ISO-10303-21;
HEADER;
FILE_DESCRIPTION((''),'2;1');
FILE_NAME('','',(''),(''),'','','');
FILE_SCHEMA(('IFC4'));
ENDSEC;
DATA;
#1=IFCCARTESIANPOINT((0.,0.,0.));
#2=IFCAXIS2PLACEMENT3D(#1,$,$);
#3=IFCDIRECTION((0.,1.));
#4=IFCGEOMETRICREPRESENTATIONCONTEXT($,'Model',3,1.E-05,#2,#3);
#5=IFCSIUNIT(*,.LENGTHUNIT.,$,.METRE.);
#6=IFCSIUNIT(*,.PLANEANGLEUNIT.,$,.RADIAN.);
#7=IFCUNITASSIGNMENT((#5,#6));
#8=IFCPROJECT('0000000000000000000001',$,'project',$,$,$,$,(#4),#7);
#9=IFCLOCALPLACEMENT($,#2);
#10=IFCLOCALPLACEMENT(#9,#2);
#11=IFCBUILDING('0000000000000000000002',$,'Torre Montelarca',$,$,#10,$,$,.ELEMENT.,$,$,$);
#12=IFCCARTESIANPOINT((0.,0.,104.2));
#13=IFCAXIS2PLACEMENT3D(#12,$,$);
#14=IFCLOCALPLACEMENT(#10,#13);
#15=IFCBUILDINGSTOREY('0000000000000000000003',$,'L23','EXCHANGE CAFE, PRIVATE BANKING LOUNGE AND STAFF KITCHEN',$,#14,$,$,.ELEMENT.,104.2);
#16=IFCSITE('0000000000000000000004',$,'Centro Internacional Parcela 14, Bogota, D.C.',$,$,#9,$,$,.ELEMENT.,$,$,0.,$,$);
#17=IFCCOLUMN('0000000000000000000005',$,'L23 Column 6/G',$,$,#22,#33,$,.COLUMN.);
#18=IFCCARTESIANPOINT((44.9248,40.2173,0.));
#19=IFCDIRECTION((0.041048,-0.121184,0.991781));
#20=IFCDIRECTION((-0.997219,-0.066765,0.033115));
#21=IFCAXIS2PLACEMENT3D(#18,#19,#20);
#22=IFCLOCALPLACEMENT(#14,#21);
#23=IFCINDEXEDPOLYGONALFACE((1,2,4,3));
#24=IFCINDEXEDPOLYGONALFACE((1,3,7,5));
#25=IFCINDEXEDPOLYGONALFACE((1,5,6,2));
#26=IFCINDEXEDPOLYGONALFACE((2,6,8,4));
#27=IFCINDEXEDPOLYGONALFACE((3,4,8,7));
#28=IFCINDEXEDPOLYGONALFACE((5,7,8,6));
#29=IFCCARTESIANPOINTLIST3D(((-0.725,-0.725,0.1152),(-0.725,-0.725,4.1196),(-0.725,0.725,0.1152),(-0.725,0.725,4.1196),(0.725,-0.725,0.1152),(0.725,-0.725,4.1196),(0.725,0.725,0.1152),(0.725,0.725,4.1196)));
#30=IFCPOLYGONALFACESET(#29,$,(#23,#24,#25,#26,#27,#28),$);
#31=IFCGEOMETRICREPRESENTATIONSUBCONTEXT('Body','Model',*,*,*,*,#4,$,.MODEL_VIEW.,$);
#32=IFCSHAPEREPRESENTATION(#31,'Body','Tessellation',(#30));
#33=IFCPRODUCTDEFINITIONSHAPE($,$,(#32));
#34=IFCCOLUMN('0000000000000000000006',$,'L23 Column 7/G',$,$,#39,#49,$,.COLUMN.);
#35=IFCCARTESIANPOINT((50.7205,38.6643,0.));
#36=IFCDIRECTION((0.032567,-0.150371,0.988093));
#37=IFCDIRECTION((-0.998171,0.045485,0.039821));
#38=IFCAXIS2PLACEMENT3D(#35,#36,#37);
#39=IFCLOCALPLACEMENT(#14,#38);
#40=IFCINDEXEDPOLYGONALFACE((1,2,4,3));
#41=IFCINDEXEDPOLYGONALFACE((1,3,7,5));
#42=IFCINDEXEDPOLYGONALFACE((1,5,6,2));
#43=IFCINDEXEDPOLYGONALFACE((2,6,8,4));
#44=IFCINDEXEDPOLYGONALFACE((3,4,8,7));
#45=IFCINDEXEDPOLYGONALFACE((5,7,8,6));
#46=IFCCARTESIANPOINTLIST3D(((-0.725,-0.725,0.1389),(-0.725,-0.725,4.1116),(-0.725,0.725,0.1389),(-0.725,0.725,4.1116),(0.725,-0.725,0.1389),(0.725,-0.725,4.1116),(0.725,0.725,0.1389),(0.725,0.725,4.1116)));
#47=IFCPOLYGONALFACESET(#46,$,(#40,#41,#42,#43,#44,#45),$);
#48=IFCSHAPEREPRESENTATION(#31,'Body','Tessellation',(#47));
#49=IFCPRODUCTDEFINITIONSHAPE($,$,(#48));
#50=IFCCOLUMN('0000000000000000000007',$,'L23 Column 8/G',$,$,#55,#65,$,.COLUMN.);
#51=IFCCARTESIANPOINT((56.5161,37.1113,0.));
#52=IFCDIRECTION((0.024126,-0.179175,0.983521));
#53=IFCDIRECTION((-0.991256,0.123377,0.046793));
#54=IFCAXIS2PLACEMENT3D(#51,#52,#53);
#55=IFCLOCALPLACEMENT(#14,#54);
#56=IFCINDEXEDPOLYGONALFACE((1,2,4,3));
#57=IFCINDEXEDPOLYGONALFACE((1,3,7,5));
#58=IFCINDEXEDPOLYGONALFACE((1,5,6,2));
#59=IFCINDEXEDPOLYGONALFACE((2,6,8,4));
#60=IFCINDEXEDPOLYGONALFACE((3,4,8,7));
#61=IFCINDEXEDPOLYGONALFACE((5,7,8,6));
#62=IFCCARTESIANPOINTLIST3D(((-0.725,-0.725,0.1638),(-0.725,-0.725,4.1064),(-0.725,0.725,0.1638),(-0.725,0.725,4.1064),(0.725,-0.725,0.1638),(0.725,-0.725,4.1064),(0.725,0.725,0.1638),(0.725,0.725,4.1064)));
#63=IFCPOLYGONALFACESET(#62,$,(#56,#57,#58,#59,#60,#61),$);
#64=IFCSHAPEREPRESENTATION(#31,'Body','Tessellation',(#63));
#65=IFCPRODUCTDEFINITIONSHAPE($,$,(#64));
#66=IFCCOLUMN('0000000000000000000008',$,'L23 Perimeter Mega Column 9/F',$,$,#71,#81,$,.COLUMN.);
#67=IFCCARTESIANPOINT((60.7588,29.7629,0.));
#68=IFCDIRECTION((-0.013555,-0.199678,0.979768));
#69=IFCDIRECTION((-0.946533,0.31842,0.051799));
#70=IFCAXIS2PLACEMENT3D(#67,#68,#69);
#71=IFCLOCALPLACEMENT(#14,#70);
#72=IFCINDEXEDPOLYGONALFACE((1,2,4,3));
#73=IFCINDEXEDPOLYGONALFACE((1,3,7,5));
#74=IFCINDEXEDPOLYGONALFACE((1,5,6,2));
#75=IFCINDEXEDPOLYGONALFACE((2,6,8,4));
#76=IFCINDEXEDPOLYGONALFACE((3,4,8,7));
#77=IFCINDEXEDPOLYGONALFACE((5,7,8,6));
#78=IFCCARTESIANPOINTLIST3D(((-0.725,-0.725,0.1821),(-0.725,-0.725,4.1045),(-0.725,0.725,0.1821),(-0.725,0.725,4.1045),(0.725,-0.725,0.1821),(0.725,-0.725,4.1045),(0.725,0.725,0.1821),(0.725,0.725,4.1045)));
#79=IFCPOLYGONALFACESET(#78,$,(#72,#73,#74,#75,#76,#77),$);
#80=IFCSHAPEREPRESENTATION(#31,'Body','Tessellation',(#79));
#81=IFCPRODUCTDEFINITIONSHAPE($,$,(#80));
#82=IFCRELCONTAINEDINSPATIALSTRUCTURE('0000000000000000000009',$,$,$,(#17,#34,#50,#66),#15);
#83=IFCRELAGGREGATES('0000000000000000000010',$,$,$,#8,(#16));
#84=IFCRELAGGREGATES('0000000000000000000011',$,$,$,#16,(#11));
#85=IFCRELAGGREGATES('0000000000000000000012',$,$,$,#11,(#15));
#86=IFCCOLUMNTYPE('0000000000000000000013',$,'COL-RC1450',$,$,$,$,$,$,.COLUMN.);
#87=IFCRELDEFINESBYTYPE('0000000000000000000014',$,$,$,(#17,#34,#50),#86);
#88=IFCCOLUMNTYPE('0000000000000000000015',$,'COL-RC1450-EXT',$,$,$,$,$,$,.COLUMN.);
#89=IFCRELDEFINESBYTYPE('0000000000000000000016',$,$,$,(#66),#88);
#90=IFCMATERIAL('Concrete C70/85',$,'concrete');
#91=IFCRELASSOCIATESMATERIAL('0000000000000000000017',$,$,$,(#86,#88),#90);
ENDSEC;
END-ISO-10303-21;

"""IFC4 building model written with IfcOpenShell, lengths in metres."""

from ifc_helpers import new_model, si_unit, direction, frame, origin, origin_2d, place, context, subcontext, project, spatial, rectangle, extrude, clip, halfspace, material, material_profile, profile_set, type_object, element, save


model = new_model("IFC4")

# Units and contexts
model_context = context("Model", 3, precision=1e-05, world=origin(), true_north=direction((0.0, 1.0)))
body_context = subcontext(model_context, "Body", "Model", "MODEL_VIEW")
ifc_project = project(units=[si_unit("LENGTHUNIT", "METRE"), si_unit("PLANEANGLEUNIT", "RADIAN")], contexts=[model_context])

# Site, building, storey
site_placement = place(None, origin())
site = spatial("IfcSite", under=ifc_project, at=site_placement, Name="Centro Internacional Parcela 14, Bogota, D.C.", CompositionType="ELEMENT", RefElevation=0.0)
building_placement = place(site_placement, origin())
building = spatial("IfcBuilding", under=site, at=building_placement, Name="Torre Montelarca", CompositionType="ELEMENT")
storey_placement = place(building_placement, frame((0.0, 0.0, 104.2)))
storey = spatial("IfcBuildingStorey", under=building, at=storey_placement, Name="L23", Description="EXCHANGE CAFE, PRIVATE BANKING LOUNGE AND STAFF KITCHEN", CompositionType="ELEMENT", Elevation=104.2)

# Columns
ifc_material_1 = material(Name="Concrete C70/85", Category="concrete")
ifc_material_profile_1 = material_profile(ifc_material_1, rectangle(XDim=1.45, YDim=1.45, at=origin_2d()), Name="RC1450X1450", Category="concrete")
ifc_profile_set_1 = profile_set([ifc_material_profile_1], Name="Concrete C70/85")
column_type_1 = type_object("IfcColumnType", Name="COL-RC1450", PredefinedType="COLUMN", material=ifc_profile_set_1)
column_1_placement = place(storey_placement, frame((44.9248, 40.2173, 0.0), z_axis=(0.041048, -0.121184, 0.991781), x_axis=(-0.997219, -0.066765, 0.033115)))
element("IfcColumn", 1, at=column_1_placement, inside=storey, type_object=column_type_1, Name="L23 Column 6/G", PredefinedType="COLUMN", context=body_context, shape_type="Clipping", body=[
    clip(clip(extrude(rectangle(XDim=1.45, YDim=1.45, at=origin_2d()), origin(), (0.0, 0.0, 1.0), 4.2349), halfspace(frame((0.0, 0.0, 0.1152), z_axis=(0.0, 0.0, -1.0), x_axis=(1.0, 0.0, 0.0)), False)), halfspace(frame((0.0, 0.0, 4.1196), z_axis=(0.0, 0.0, 1.0), x_axis=(1.0, 0.0, 0.0)), False)),
])
column_2_placement = place(storey_placement, frame((50.7205, 38.6643, 0.0), z_axis=(0.032567, -0.150371, 0.988093), x_axis=(-0.998171, 0.045485, 0.039821)))
element("IfcColumn", 2, at=column_2_placement, inside=storey, type_object=column_type_1, Name="L23 Column 7/G", PredefinedType="COLUMN", context=body_context, shape_type="Clipping", body=[
    clip(clip(extrude(rectangle(XDim=1.45, YDim=1.45, at=origin_2d()), origin(), (0.0, 0.0, 1.0), 4.2505), halfspace(frame((0.0, 0.0, 0.1389), z_axis=(0.0, 0.0, -1.0), x_axis=(1.0, 0.0, 0.0)), False)), halfspace(frame((0.0, 0.0, 4.1116), z_axis=(0.0, 0.0, 1.0), x_axis=(1.0, 0.0, 0.0)), False)),
])
column_3_placement = place(storey_placement, frame((56.5161, 37.1113, 0.0), z_axis=(0.024126, -0.179175, 0.983521), x_axis=(-0.991256, 0.123377, 0.046793)))
element("IfcColumn", 3, at=column_3_placement, inside=storey, type_object=column_type_1, Name="L23 Column 8/G", PredefinedType="COLUMN", context=body_context, shape_type="Clipping", body=[
    clip(clip(extrude(rectangle(XDim=1.45, YDim=1.45, at=origin_2d()), origin(), (0.0, 0.0, 1.0), 4.2703), halfspace(frame((0.0, 0.0, 0.1638), z_axis=(0.0, 0.0, -1.0), x_axis=(1.0, 0.0, 0.0)), False)), halfspace(frame((0.0, 0.0, 4.1064), z_axis=(0.0, 0.0, 1.0), x_axis=(1.0, 0.0, 0.0)), False)),
])
ifc_material_profile_2 = material_profile(ifc_material_1, rectangle(XDim=1.45, YDim=1.45, at=origin_2d()), Name="RC1450X1450", Category="concrete")
ifc_profile_set_2 = profile_set([ifc_material_profile_2], Name="Concrete C70/85")
column_type_2 = type_object("IfcColumnType", Name="COL-RC1450-EXT", PredefinedType="COLUMN", material=ifc_profile_set_2)
column_4_placement = place(storey_placement, frame((60.7588, 29.7629, 0.0), z_axis=(-0.013555, -0.199678, 0.979768), x_axis=(-0.946533, 0.31842, 0.051799)))
element("IfcColumn", 4, at=column_4_placement, inside=storey, type_object=column_type_2, Name="L23 Perimeter Mega Column 9/F", PredefinedType="COLUMN", context=body_context, shape_type="Clipping", body=[
    clip(clip(extrude(rectangle(XDim=1.45, YDim=1.45, at=origin_2d()), origin(), (0.0, 0.0, 1.0), 4.2866), halfspace(frame((0.0, 0.0, 0.1821), z_axis=(0.0, 0.0, -1.0), x_axis=(1.0, 0.0, 0.0)), False)), halfspace(frame((0.0, 0.0, 4.1045), z_axis=(0.0, 0.0, 1.0), x_axis=(1.0, 0.0, 0.0)), False)),
])

save(model, "model.ifc")
